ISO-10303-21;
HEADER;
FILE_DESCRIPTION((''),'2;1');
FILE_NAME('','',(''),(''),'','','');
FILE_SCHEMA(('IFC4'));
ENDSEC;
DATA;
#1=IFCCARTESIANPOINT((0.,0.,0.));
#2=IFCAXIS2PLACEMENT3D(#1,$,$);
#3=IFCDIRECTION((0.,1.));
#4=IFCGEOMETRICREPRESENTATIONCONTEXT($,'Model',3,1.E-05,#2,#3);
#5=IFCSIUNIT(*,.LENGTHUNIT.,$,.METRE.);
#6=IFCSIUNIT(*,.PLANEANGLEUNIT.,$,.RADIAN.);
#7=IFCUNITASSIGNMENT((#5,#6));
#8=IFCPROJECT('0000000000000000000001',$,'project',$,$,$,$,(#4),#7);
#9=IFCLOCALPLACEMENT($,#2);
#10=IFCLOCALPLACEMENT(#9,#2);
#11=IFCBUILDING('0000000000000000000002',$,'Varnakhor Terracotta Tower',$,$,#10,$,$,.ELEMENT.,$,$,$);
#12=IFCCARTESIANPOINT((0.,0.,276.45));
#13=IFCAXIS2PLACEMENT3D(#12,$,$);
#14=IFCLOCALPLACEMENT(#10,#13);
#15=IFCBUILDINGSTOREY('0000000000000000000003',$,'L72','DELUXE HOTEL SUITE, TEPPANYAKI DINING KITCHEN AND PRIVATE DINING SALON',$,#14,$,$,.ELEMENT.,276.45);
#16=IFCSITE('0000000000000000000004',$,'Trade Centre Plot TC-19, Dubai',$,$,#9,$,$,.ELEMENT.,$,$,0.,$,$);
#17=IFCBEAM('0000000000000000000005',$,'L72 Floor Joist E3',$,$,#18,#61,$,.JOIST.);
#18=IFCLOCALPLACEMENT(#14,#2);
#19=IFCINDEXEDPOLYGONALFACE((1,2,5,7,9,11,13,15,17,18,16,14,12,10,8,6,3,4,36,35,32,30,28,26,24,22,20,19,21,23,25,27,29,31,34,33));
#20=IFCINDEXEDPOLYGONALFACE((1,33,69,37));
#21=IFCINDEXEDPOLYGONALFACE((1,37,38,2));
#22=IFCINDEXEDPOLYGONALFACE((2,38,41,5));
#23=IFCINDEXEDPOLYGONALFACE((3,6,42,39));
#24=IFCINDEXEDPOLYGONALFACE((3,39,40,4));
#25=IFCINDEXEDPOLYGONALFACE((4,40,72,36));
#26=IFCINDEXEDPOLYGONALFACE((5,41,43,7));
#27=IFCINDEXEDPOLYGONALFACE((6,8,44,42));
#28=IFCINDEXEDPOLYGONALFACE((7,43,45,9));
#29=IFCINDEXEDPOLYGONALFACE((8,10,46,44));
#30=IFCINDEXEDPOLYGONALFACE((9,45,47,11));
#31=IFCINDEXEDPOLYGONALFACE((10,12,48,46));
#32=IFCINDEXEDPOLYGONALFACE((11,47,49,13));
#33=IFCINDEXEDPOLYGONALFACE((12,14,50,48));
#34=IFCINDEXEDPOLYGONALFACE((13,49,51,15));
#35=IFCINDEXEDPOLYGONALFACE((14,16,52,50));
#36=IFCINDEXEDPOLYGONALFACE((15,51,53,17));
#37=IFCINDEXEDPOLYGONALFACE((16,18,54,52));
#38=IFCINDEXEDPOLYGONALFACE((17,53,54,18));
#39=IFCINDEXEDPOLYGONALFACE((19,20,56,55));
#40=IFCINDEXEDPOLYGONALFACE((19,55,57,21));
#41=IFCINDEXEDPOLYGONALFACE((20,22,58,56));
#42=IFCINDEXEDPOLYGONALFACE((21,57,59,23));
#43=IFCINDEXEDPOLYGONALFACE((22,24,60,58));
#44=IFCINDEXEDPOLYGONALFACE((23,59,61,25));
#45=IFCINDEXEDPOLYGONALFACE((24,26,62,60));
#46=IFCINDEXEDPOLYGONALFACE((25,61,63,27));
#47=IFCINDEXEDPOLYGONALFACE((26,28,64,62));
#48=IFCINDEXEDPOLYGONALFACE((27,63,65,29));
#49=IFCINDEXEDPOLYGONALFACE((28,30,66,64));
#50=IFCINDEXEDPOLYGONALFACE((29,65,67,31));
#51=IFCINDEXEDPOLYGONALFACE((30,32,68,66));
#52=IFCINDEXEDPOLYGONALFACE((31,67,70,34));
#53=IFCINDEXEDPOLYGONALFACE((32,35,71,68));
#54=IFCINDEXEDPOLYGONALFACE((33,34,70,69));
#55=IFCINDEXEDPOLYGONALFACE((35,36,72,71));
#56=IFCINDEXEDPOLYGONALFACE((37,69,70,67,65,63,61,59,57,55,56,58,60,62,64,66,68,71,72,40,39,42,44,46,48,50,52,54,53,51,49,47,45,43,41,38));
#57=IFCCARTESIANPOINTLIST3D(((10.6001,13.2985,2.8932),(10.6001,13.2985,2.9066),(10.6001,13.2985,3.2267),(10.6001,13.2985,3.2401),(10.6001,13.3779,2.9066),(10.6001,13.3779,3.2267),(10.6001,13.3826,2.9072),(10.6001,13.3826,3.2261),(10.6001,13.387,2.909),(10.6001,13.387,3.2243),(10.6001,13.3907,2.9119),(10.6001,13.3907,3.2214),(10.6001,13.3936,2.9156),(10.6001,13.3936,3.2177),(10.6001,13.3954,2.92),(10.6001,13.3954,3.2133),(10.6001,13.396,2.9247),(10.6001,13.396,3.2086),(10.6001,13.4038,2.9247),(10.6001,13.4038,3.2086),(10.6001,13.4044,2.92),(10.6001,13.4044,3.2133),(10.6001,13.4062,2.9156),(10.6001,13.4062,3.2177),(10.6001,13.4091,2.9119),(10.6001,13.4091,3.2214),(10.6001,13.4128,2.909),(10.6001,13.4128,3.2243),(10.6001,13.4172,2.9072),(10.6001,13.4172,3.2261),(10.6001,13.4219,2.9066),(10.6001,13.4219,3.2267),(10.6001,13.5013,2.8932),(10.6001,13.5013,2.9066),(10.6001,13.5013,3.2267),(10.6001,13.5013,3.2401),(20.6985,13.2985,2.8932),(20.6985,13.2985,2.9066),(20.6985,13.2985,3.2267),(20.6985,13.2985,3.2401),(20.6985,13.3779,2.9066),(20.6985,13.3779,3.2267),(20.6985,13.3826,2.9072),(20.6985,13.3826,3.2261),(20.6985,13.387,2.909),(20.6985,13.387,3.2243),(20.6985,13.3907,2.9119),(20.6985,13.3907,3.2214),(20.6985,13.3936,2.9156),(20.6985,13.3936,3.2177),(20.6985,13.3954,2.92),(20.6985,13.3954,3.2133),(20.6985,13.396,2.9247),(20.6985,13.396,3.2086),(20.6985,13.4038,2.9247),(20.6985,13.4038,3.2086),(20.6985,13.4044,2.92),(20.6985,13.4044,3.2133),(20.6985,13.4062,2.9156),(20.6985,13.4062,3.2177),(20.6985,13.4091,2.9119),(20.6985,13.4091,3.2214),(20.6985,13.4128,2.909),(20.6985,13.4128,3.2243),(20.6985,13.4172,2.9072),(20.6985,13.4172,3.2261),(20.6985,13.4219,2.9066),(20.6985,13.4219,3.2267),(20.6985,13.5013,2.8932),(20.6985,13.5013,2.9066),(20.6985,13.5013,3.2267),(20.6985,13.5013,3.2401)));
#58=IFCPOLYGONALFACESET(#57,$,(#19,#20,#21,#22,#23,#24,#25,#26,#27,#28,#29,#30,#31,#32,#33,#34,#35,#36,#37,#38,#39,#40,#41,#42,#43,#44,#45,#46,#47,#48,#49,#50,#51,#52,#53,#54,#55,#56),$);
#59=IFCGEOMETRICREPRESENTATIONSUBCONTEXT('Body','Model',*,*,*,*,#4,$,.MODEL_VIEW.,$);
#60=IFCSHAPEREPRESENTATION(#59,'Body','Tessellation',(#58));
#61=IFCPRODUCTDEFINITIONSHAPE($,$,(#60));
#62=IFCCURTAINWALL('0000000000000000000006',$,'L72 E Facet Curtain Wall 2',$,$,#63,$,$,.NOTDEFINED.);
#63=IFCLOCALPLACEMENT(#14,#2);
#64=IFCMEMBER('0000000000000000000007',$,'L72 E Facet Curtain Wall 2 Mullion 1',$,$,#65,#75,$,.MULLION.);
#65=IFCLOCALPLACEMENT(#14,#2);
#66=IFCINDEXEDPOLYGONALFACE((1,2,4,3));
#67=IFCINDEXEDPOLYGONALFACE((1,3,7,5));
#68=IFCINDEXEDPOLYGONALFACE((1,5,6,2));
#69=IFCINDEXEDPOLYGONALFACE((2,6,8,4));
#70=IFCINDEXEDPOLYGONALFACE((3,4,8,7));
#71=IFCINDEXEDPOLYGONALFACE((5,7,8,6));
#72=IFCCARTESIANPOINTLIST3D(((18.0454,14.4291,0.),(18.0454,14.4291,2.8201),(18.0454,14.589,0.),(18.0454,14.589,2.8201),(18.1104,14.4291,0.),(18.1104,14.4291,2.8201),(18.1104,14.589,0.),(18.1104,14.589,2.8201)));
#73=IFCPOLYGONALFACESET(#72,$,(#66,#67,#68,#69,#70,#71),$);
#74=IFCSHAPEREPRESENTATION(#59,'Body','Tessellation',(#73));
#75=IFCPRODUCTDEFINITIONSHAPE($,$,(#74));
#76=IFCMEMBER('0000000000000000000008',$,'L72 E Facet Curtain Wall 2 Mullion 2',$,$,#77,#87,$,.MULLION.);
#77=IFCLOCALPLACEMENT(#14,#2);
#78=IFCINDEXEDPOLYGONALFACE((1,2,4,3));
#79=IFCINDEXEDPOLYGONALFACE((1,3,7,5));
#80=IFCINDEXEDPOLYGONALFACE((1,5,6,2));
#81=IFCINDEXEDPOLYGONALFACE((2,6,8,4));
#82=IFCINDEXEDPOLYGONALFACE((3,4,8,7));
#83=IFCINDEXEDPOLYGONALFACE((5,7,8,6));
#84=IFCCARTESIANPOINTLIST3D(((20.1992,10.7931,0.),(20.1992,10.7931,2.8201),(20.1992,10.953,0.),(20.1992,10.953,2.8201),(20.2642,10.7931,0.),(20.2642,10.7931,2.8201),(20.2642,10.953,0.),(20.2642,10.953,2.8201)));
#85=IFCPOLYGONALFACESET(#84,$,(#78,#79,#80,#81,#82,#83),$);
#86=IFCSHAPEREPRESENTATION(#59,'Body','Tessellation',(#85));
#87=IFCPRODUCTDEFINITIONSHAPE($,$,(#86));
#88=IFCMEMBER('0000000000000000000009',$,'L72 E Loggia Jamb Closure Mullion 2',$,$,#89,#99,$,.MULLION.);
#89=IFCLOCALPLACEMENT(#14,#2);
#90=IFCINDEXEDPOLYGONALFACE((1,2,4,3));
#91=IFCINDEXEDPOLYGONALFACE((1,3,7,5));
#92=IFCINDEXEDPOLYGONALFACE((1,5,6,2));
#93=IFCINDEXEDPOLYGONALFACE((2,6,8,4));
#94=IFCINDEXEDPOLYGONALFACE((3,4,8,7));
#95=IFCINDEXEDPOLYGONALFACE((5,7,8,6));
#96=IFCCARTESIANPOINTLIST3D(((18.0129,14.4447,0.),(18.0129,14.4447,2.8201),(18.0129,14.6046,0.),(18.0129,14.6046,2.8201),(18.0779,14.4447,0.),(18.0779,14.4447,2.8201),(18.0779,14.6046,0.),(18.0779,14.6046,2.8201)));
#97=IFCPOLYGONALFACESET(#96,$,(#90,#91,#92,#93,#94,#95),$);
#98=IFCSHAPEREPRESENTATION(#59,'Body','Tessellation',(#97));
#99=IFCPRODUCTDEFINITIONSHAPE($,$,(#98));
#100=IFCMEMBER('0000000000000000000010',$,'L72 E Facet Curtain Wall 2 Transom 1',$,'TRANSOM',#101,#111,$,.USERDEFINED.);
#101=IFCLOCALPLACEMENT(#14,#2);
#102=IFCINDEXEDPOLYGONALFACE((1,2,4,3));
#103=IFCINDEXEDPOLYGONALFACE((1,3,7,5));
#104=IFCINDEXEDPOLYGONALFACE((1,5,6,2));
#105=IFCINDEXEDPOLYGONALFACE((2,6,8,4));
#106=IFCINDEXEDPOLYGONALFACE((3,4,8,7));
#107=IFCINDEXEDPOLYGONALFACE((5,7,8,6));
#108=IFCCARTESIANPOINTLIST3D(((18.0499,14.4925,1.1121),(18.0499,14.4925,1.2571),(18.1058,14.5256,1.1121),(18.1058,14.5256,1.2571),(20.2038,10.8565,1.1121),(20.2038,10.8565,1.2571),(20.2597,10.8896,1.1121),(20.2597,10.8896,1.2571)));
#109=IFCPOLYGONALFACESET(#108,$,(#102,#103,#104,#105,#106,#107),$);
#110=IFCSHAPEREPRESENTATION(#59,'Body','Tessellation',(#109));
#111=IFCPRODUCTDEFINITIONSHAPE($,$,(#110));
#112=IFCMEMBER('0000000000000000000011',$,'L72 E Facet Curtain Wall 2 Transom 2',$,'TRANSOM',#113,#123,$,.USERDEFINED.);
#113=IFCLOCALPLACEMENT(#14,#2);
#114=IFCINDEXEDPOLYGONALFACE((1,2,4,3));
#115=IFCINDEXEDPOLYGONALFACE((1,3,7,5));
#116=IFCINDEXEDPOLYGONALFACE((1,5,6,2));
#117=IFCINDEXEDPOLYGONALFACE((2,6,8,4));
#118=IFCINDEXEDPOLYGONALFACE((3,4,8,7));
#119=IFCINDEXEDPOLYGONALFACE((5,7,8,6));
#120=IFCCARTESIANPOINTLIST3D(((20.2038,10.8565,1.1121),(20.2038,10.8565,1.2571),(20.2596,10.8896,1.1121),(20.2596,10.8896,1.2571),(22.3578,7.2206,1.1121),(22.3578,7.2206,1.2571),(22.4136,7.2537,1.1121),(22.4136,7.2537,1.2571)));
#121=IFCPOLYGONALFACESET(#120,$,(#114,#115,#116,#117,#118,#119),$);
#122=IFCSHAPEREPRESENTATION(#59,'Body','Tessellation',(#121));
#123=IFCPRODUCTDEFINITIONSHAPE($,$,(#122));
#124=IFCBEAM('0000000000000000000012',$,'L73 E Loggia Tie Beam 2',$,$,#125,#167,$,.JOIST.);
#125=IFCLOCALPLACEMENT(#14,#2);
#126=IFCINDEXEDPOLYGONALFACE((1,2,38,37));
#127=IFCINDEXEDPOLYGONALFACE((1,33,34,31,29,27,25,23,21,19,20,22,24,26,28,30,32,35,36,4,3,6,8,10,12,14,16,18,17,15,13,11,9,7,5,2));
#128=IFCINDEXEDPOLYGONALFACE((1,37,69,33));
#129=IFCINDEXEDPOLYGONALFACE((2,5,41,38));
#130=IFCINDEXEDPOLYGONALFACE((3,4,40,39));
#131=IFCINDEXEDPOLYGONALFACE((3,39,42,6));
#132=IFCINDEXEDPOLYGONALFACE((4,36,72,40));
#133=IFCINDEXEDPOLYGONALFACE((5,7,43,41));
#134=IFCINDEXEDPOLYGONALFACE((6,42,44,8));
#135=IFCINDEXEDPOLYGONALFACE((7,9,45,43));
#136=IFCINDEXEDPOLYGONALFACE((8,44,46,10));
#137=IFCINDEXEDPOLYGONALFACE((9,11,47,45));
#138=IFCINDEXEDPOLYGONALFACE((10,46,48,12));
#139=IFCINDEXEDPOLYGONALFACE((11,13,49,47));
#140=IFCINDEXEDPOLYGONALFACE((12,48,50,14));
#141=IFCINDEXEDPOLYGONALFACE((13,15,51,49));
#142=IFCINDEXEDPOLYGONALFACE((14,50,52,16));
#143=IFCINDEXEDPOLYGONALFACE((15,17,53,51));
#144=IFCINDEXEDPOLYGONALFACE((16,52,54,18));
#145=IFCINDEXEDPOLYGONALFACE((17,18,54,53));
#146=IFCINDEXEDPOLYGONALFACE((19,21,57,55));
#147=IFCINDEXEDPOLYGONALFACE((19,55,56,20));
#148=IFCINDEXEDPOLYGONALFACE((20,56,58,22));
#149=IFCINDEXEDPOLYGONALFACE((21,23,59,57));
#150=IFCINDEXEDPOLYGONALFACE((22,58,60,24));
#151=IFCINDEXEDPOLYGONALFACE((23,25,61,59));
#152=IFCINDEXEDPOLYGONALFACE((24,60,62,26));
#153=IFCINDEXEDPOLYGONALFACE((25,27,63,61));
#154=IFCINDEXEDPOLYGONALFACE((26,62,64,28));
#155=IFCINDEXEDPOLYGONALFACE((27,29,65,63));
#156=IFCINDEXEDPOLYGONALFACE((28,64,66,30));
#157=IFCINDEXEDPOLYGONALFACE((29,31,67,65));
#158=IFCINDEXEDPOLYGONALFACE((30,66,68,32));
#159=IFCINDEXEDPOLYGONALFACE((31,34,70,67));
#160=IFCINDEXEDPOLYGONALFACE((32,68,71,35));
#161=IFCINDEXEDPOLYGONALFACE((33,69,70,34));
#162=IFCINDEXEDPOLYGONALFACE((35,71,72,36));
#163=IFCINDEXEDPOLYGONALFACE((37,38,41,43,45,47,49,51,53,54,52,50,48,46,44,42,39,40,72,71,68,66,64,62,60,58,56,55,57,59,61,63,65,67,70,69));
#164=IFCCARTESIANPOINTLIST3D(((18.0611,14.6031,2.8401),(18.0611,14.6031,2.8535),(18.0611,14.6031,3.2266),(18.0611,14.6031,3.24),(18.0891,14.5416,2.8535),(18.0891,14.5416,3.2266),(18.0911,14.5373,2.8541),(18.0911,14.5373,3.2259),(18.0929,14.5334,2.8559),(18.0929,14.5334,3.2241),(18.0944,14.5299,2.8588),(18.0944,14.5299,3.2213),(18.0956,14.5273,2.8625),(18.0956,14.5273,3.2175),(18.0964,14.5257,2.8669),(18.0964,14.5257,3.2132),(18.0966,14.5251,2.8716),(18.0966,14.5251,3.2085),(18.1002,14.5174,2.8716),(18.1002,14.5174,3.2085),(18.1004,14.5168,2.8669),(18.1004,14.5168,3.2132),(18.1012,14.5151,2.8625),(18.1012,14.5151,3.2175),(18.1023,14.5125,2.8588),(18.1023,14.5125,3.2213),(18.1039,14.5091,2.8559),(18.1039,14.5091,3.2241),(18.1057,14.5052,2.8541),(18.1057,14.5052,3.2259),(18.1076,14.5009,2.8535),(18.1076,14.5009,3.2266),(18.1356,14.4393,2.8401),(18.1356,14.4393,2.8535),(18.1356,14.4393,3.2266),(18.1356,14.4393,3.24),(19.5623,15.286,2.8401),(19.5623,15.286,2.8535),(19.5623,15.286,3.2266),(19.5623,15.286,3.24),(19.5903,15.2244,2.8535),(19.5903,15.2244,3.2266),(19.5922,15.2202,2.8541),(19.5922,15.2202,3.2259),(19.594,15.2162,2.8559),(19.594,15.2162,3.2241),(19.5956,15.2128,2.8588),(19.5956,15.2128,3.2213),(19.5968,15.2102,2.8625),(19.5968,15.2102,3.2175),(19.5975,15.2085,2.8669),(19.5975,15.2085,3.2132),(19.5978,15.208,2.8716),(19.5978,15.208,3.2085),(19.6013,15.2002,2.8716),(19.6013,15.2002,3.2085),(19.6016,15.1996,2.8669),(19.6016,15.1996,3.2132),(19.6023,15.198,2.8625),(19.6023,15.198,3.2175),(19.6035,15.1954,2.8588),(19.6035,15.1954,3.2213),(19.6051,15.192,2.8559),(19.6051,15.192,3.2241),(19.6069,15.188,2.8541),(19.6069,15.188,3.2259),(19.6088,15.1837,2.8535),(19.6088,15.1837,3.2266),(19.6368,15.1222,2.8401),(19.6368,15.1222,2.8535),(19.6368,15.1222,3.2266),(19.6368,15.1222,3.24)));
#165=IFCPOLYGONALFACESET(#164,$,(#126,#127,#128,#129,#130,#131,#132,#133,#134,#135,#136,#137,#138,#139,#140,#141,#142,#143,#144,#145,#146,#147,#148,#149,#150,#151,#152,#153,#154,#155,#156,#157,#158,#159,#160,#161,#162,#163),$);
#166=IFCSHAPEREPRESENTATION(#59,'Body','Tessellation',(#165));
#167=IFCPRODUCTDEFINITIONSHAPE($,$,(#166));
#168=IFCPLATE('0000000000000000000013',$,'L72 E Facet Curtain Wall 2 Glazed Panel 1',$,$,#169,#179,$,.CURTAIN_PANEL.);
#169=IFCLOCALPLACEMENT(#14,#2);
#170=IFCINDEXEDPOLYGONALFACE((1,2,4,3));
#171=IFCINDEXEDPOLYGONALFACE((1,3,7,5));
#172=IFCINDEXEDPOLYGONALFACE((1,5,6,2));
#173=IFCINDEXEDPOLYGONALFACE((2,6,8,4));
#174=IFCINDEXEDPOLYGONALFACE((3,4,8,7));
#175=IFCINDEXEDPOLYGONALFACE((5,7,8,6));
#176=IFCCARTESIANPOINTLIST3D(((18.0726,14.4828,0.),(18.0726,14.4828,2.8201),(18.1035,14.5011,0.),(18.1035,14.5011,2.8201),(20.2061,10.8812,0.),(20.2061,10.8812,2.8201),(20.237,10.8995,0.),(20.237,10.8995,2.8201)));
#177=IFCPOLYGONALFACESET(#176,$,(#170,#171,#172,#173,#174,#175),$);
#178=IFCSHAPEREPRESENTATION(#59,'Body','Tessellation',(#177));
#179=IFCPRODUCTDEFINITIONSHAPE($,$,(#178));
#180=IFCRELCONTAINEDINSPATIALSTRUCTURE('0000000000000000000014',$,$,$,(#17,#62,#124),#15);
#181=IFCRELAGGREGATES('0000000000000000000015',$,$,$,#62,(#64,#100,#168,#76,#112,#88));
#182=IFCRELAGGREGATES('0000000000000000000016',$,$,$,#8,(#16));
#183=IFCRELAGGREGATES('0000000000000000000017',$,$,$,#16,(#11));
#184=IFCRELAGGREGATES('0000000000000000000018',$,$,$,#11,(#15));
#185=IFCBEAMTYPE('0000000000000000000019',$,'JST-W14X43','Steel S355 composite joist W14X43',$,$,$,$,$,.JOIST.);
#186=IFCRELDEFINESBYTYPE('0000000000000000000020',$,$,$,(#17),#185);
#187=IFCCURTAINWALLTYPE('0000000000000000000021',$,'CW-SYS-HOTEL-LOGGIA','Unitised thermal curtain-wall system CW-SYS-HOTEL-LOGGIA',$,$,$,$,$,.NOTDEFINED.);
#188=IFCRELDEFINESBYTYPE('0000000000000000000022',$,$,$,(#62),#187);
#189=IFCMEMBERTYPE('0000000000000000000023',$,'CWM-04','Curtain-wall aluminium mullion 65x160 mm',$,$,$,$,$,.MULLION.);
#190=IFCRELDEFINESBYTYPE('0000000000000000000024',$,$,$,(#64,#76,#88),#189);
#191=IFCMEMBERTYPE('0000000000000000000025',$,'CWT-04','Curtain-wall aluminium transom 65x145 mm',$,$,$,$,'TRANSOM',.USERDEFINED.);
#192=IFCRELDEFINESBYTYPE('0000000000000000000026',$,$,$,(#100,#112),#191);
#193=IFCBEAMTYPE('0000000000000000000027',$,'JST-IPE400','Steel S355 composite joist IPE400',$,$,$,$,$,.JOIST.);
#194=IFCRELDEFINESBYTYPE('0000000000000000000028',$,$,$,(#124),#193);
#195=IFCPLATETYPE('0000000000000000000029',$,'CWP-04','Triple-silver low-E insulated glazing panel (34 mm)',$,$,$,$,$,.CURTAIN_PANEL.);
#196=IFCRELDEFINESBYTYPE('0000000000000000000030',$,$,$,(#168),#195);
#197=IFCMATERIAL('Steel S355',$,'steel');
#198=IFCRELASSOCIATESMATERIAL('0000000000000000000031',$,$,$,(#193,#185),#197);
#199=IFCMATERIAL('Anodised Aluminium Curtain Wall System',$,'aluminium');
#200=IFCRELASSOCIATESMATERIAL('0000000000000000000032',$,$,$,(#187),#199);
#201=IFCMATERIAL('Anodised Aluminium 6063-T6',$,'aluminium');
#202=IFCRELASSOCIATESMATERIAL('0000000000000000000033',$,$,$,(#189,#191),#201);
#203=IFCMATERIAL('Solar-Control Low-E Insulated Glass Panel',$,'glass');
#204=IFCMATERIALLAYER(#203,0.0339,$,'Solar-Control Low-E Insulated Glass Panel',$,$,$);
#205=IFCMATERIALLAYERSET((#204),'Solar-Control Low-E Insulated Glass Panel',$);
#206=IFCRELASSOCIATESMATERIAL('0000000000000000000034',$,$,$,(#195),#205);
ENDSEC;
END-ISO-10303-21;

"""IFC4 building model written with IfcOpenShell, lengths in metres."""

from ifc_helpers import new_model, si_unit, direction, frame, origin, origin_2d, place, context, subcontext, project, spatial, rectangle, i_section, extrude, source, transform, mapped, material, layer, layer_set, material_profile, profile_set, type_object, type_shapes, element, aggregate, save


model = new_model("IFC4")

# Units and contexts
model_context = context("Model", 3, precision=1e-05, world=origin(), true_north=direction((0.0, 1.0)))
body_context = subcontext(model_context, "Body", "Model", "MODEL_VIEW")
ifc_project = project(units=[si_unit("LENGTHUNIT", "METRE"), si_unit("PLANEANGLEUNIT", "RADIAN")], contexts=[model_context])

# Site, building, storey
site_placement = place(None, origin())
site = spatial("IfcSite", under=ifc_project, at=site_placement, Name="Trade Centre Plot TC-19, Dubai", CompositionType="ELEMENT", RefElevation=0.0)
building_placement = place(site_placement, origin())
building = spatial("IfcBuilding", under=site, at=building_placement, Name="Varnakhor Terracotta Tower", CompositionType="ELEMENT")
storey_placement = place(building_placement, frame((0.0, 0.0, 276.45)))
storey = spatial("IfcBuildingStorey", under=building, at=storey_placement, Name="L72", Description="DELUXE HOTEL SUITE, TEPPANYAKI DINING KITCHEN AND PRIVATE DINING SALON", CompositionType="ELEMENT", Elevation=276.45)

# Beam
ifc_material_1 = material(Name="Steel S355", Category="steel")
ifc_material_profile_1 = material_profile(ifc_material_1, i_section(OverallWidth=0.1799, OverallDepth=0.3999, WebThickness=0.0085, FlangeThickness=0.0134, FilletRadius=0.0181, at=origin_2d()), Name="IPE400")
ifc_profile_set_1 = profile_set([ifc_material_profile_1], Name="Steel S355")
beam_type_1 = type_object("IfcBeamType", Name="JST-IPE400", Description="Steel S355 composite joist IPE400", PredefinedType="JOIST", material=ifc_profile_set_1)
ifc_material_profile_2 = material_profile(ifc_material_1, i_section(OverallWidth=0.2029, OverallDepth=0.3469, WebThickness=0.0078, FlangeThickness=0.0134, FilletRadius=0.0181, at=origin_2d()), Name="W14X43")
ifc_profile_set_2 = profile_set([ifc_material_profile_2], Name="Steel S355")
beam_type_2 = type_object("IfcBeamType", Name="JST-W14X43", Description="Steel S355 composite joist W14X43", PredefinedType="JOIST", material=ifc_profile_set_2)
shared_shape_1 = source(origin(), body_context, "Body", "SweptSolid", [
    extrude(i_section(OverallWidth=0.2029, OverallDepth=0.3469, WebThickness=0.0078, FlangeThickness=0.0134, FilletRadius=0.0181, at=origin_2d()), origin(), (0.0, 0.0, 1.0), 10.0984),
])
beam_1_placement = place(storey_placement, frame((10.6001, 13.3999, 3.0667), z_axis=(1.0, 0.0, 0.0), x_axis=(0.0, 1.0, 0.0)))
element("IfcBeam", 1, at=beam_1_placement, inside=storey, type_object=beam_type_2, Name="L72 Floor Joist E3", PredefinedType="JOIST", context=body_context, shape_type="MappedRepresentation", body=[
    mapped(shared_shape_1, transform((0.0, 0.0, 0.0), scale=1.0)),
])

# Curtain wall, members
ifc_material_2 = material(Name="Anodised Aluminium Curtain Wall System", Category="aluminium")
curtain_wall_type = type_object("IfcCurtainWallType", Name="CW-SYS-HOTEL-LOGGIA", Description="Unitised thermal curtain-wall system CW-SYS-HOTEL-LOGGIA", PredefinedType="NOTDEFINED", material=ifc_material_2)
curtain_wall_placement = place(storey_placement, origin())
curtain_wall = element("IfcCurtainWall", 2, at=curtain_wall_placement, inside=storey, type_object=curtain_wall_type, Name="L72 E Facet Curtain Wall 2", PredefinedType="NOTDEFINED")
ifc_material_3 = material(Name="Anodised Aluminium 6063-T6", Category="aluminium")
ifc_material_profile_3 = material_profile(ifc_material_3, rectangle(XDim=0.0649, YDim=0.1599, at=origin_2d()), Name="ALU MULLION 65x160")
ifc_profile_set_3 = profile_set([ifc_material_profile_3], Name="Anodised Aluminium 6063-T6")
member_type_1 = type_object("IfcMemberType", Name="CWM-04", Description="Curtain-wall aluminium mullion 65x160 mm", PredefinedType="MULLION", material=ifc_profile_set_3)
shared_shape_2 = source(origin(), body_context, "Body", "SweptSolid", [
    extrude(rectangle(XDim=0.0649, YDim=0.1599, at=origin_2d()), origin(), (0.0, 0.0, 1.0), 2.8201),
])
type_shapes(member_type_1, [shared_shape_2])
member_1_placement = place(storey_placement, frame((18.0779, 14.509, 0.0), z_axis=(0.0, 0.0, 1.0), x_axis=(1.0, 0.0, 0.0)))
member_1 = element("IfcMember", 3, at=member_1_placement, type_object=member_type_1, Name="L72 E Facet Curtain Wall 2 Mullion 1", PredefinedType="MULLION", context=body_context, shape_type="MappedRepresentation", body=[
    mapped(shared_shape_2, transform((0.0, 0.0, 0.0), scale=1.0)),
])
member_2_placement = place(storey_placement, frame((20.2317, 10.873, 0.0), z_axis=(0.0, 0.0, 1.0), x_axis=(1.0, 0.0, 0.0)))
member_2 = element("IfcMember", 4, at=member_2_placement, type_object=member_type_1, Name="L72 E Facet Curtain Wall 2 Mullion 2", PredefinedType="MULLION", context=body_context, shape_type="MappedRepresentation", body=[
    mapped(shared_shape_2, transform((0.0, 0.0, 0.0), scale=1.0)),
])
member_3_placement = place(storey_placement, frame((18.0454, 14.5247, 0.0), z_axis=(0.0, 0.0, 1.0), x_axis=(1.0, 0.0, 0.0)))
member_3 = element("IfcMember", 5, at=member_3_placement, type_object=member_type_1, Name="L72 E Loggia Jamb Closure Mullion 2", PredefinedType="MULLION", context=body_context, shape_type="MappedRepresentation", body=[
    mapped(shared_shape_2, transform((0.0, 0.0, 0.0), scale=1.0)),
])
ifc_material_profile_4 = material_profile(ifc_material_3, rectangle(XDim=0.0649, YDim=0.145, at=origin_2d()), Name="ALU TRANSOM 65x145")
ifc_profile_set_4 = profile_set([ifc_material_profile_4], Name="Anodised Aluminium 6063-T6")
member_type_2 = type_object("IfcMemberType", Name="CWT-04", Description="Curtain-wall aluminium transom 65x145 mm", ElementType="TRANSOM", PredefinedType="USERDEFINED", material=ifc_profile_set_4)
shared_shape_3 = source(origin(), body_context, "Body", "SweptSolid", [
    extrude(rectangle(XDim=0.0649, YDim=0.145, at=origin_2d()), origin(), (0.0, 0.0, 1.0), 4.2261),
])
member_4_placement = place(storey_placement, frame((18.0779, 14.509, 1.1846), z_axis=(0.509654, -0.86038, 0.0), x_axis=(0.86038, 0.509654, 0.0)))
member_4 = element("IfcMember", 6, at=member_4_placement, type_object=member_type_2, Name="L72 E Facet Curtain Wall 2 Transom 1", ObjectType="TRANSOM", PredefinedType="USERDEFINED", context=body_context, shape_type="MappedRepresentation", body=[
    mapped(shared_shape_3, transform((0.0, 0.0, 0.0), scale=1.0)),
])
member_5_placement = place(storey_placement, frame((20.2317, 10.873, 1.1846), z_axis=(0.509696, -0.860354, 0.0), x_axis=(0.860354, 0.509696, 0.0)))
member_5 = element("IfcMember", 7, at=member_5_placement, type_object=member_type_2, Name="L72 E Facet Curtain Wall 2 Transom 2", ObjectType="TRANSOM", PredefinedType="USERDEFINED", context=body_context, shape_type="MappedRepresentation", body=[
    mapped(shared_shape_3, transform((0.0, 0.0, 0.0), scale=1.0)),
])

# Beam
shared_shape_4 = source(origin(), body_context, "Body", "SweptSolid", [
    extrude(i_section(OverallWidth=0.1799, OverallDepth=0.3999, WebThickness=0.0085, FlangeThickness=0.0134, FilletRadius=0.0181, at=origin_2d()), origin(), (0.0, 0.0, 1.0), 1.6492),
])
beam_2_placement = place(storey_placement, frame((18.0984, 14.5212, 3.04), z_axis=(0.910255, 0.414048, 0.0), x_axis=(-0.414048, 0.910255, 0.0)))
element("IfcBeam", 8, at=beam_2_placement, inside=storey, type_object=beam_type_1, Name="L73 E Loggia Tie Beam 2", PredefinedType="JOIST", context=body_context, shape_type="MappedRepresentation", body=[
    mapped(shared_shape_4, transform((0.0, 0.0, 0.0), scale=1.0)),
])

# Plate
ifc_material_4 = material(Name="Solar-Control Low-E Insulated Glass Panel", Category="glass")
ifc_layer_1 = layer(ifc_material_4, 0.0339, Name="Solar-Control Low-E Insulated Glass Panel")
ifc_layer_set_1 = layer_set([ifc_layer_1], Name="Solar-Control Low-E Insulated Glass Panel")
plate_type = type_object("IfcPlateType", Name="CWP-04", Description="Triple-silver low-E insulated glazing panel (34 mm)", PredefinedType="CURTAIN_PANEL", material=ifc_layer_set_1)
shared_shape_5 = source(origin(), body_context, "Body", "SweptSolid", [
    extrude(rectangle(XDim=4.186, YDim=0.0359, at=origin_2d()), origin(), (0.0, 0.0, 1.0), 2.8201),
])
plate_1_placement = place(storey_placement, frame((19.1548, 12.6912, 0.0), z_axis=(0.0, 0.0, 1.0), x_axis=(0.509672, -0.860369, 0.0)))
plate_1 = element("IfcPlate", 9, at=plate_1_placement, type_object=plate_type, Name="L72 E Facet Curtain Wall 2 Glazed Panel 1", PredefinedType="CURTAIN_PANEL", context=body_context, shape_type="MappedRepresentation", body=[
    mapped(shared_shape_5, transform((0.0, 0.0, 0.0), scale=1.0)),
])
aggregate(curtain_wall, [member_1, member_4, plate_1, member_2, member_5, member_3])

save(model, "model.ifc")
